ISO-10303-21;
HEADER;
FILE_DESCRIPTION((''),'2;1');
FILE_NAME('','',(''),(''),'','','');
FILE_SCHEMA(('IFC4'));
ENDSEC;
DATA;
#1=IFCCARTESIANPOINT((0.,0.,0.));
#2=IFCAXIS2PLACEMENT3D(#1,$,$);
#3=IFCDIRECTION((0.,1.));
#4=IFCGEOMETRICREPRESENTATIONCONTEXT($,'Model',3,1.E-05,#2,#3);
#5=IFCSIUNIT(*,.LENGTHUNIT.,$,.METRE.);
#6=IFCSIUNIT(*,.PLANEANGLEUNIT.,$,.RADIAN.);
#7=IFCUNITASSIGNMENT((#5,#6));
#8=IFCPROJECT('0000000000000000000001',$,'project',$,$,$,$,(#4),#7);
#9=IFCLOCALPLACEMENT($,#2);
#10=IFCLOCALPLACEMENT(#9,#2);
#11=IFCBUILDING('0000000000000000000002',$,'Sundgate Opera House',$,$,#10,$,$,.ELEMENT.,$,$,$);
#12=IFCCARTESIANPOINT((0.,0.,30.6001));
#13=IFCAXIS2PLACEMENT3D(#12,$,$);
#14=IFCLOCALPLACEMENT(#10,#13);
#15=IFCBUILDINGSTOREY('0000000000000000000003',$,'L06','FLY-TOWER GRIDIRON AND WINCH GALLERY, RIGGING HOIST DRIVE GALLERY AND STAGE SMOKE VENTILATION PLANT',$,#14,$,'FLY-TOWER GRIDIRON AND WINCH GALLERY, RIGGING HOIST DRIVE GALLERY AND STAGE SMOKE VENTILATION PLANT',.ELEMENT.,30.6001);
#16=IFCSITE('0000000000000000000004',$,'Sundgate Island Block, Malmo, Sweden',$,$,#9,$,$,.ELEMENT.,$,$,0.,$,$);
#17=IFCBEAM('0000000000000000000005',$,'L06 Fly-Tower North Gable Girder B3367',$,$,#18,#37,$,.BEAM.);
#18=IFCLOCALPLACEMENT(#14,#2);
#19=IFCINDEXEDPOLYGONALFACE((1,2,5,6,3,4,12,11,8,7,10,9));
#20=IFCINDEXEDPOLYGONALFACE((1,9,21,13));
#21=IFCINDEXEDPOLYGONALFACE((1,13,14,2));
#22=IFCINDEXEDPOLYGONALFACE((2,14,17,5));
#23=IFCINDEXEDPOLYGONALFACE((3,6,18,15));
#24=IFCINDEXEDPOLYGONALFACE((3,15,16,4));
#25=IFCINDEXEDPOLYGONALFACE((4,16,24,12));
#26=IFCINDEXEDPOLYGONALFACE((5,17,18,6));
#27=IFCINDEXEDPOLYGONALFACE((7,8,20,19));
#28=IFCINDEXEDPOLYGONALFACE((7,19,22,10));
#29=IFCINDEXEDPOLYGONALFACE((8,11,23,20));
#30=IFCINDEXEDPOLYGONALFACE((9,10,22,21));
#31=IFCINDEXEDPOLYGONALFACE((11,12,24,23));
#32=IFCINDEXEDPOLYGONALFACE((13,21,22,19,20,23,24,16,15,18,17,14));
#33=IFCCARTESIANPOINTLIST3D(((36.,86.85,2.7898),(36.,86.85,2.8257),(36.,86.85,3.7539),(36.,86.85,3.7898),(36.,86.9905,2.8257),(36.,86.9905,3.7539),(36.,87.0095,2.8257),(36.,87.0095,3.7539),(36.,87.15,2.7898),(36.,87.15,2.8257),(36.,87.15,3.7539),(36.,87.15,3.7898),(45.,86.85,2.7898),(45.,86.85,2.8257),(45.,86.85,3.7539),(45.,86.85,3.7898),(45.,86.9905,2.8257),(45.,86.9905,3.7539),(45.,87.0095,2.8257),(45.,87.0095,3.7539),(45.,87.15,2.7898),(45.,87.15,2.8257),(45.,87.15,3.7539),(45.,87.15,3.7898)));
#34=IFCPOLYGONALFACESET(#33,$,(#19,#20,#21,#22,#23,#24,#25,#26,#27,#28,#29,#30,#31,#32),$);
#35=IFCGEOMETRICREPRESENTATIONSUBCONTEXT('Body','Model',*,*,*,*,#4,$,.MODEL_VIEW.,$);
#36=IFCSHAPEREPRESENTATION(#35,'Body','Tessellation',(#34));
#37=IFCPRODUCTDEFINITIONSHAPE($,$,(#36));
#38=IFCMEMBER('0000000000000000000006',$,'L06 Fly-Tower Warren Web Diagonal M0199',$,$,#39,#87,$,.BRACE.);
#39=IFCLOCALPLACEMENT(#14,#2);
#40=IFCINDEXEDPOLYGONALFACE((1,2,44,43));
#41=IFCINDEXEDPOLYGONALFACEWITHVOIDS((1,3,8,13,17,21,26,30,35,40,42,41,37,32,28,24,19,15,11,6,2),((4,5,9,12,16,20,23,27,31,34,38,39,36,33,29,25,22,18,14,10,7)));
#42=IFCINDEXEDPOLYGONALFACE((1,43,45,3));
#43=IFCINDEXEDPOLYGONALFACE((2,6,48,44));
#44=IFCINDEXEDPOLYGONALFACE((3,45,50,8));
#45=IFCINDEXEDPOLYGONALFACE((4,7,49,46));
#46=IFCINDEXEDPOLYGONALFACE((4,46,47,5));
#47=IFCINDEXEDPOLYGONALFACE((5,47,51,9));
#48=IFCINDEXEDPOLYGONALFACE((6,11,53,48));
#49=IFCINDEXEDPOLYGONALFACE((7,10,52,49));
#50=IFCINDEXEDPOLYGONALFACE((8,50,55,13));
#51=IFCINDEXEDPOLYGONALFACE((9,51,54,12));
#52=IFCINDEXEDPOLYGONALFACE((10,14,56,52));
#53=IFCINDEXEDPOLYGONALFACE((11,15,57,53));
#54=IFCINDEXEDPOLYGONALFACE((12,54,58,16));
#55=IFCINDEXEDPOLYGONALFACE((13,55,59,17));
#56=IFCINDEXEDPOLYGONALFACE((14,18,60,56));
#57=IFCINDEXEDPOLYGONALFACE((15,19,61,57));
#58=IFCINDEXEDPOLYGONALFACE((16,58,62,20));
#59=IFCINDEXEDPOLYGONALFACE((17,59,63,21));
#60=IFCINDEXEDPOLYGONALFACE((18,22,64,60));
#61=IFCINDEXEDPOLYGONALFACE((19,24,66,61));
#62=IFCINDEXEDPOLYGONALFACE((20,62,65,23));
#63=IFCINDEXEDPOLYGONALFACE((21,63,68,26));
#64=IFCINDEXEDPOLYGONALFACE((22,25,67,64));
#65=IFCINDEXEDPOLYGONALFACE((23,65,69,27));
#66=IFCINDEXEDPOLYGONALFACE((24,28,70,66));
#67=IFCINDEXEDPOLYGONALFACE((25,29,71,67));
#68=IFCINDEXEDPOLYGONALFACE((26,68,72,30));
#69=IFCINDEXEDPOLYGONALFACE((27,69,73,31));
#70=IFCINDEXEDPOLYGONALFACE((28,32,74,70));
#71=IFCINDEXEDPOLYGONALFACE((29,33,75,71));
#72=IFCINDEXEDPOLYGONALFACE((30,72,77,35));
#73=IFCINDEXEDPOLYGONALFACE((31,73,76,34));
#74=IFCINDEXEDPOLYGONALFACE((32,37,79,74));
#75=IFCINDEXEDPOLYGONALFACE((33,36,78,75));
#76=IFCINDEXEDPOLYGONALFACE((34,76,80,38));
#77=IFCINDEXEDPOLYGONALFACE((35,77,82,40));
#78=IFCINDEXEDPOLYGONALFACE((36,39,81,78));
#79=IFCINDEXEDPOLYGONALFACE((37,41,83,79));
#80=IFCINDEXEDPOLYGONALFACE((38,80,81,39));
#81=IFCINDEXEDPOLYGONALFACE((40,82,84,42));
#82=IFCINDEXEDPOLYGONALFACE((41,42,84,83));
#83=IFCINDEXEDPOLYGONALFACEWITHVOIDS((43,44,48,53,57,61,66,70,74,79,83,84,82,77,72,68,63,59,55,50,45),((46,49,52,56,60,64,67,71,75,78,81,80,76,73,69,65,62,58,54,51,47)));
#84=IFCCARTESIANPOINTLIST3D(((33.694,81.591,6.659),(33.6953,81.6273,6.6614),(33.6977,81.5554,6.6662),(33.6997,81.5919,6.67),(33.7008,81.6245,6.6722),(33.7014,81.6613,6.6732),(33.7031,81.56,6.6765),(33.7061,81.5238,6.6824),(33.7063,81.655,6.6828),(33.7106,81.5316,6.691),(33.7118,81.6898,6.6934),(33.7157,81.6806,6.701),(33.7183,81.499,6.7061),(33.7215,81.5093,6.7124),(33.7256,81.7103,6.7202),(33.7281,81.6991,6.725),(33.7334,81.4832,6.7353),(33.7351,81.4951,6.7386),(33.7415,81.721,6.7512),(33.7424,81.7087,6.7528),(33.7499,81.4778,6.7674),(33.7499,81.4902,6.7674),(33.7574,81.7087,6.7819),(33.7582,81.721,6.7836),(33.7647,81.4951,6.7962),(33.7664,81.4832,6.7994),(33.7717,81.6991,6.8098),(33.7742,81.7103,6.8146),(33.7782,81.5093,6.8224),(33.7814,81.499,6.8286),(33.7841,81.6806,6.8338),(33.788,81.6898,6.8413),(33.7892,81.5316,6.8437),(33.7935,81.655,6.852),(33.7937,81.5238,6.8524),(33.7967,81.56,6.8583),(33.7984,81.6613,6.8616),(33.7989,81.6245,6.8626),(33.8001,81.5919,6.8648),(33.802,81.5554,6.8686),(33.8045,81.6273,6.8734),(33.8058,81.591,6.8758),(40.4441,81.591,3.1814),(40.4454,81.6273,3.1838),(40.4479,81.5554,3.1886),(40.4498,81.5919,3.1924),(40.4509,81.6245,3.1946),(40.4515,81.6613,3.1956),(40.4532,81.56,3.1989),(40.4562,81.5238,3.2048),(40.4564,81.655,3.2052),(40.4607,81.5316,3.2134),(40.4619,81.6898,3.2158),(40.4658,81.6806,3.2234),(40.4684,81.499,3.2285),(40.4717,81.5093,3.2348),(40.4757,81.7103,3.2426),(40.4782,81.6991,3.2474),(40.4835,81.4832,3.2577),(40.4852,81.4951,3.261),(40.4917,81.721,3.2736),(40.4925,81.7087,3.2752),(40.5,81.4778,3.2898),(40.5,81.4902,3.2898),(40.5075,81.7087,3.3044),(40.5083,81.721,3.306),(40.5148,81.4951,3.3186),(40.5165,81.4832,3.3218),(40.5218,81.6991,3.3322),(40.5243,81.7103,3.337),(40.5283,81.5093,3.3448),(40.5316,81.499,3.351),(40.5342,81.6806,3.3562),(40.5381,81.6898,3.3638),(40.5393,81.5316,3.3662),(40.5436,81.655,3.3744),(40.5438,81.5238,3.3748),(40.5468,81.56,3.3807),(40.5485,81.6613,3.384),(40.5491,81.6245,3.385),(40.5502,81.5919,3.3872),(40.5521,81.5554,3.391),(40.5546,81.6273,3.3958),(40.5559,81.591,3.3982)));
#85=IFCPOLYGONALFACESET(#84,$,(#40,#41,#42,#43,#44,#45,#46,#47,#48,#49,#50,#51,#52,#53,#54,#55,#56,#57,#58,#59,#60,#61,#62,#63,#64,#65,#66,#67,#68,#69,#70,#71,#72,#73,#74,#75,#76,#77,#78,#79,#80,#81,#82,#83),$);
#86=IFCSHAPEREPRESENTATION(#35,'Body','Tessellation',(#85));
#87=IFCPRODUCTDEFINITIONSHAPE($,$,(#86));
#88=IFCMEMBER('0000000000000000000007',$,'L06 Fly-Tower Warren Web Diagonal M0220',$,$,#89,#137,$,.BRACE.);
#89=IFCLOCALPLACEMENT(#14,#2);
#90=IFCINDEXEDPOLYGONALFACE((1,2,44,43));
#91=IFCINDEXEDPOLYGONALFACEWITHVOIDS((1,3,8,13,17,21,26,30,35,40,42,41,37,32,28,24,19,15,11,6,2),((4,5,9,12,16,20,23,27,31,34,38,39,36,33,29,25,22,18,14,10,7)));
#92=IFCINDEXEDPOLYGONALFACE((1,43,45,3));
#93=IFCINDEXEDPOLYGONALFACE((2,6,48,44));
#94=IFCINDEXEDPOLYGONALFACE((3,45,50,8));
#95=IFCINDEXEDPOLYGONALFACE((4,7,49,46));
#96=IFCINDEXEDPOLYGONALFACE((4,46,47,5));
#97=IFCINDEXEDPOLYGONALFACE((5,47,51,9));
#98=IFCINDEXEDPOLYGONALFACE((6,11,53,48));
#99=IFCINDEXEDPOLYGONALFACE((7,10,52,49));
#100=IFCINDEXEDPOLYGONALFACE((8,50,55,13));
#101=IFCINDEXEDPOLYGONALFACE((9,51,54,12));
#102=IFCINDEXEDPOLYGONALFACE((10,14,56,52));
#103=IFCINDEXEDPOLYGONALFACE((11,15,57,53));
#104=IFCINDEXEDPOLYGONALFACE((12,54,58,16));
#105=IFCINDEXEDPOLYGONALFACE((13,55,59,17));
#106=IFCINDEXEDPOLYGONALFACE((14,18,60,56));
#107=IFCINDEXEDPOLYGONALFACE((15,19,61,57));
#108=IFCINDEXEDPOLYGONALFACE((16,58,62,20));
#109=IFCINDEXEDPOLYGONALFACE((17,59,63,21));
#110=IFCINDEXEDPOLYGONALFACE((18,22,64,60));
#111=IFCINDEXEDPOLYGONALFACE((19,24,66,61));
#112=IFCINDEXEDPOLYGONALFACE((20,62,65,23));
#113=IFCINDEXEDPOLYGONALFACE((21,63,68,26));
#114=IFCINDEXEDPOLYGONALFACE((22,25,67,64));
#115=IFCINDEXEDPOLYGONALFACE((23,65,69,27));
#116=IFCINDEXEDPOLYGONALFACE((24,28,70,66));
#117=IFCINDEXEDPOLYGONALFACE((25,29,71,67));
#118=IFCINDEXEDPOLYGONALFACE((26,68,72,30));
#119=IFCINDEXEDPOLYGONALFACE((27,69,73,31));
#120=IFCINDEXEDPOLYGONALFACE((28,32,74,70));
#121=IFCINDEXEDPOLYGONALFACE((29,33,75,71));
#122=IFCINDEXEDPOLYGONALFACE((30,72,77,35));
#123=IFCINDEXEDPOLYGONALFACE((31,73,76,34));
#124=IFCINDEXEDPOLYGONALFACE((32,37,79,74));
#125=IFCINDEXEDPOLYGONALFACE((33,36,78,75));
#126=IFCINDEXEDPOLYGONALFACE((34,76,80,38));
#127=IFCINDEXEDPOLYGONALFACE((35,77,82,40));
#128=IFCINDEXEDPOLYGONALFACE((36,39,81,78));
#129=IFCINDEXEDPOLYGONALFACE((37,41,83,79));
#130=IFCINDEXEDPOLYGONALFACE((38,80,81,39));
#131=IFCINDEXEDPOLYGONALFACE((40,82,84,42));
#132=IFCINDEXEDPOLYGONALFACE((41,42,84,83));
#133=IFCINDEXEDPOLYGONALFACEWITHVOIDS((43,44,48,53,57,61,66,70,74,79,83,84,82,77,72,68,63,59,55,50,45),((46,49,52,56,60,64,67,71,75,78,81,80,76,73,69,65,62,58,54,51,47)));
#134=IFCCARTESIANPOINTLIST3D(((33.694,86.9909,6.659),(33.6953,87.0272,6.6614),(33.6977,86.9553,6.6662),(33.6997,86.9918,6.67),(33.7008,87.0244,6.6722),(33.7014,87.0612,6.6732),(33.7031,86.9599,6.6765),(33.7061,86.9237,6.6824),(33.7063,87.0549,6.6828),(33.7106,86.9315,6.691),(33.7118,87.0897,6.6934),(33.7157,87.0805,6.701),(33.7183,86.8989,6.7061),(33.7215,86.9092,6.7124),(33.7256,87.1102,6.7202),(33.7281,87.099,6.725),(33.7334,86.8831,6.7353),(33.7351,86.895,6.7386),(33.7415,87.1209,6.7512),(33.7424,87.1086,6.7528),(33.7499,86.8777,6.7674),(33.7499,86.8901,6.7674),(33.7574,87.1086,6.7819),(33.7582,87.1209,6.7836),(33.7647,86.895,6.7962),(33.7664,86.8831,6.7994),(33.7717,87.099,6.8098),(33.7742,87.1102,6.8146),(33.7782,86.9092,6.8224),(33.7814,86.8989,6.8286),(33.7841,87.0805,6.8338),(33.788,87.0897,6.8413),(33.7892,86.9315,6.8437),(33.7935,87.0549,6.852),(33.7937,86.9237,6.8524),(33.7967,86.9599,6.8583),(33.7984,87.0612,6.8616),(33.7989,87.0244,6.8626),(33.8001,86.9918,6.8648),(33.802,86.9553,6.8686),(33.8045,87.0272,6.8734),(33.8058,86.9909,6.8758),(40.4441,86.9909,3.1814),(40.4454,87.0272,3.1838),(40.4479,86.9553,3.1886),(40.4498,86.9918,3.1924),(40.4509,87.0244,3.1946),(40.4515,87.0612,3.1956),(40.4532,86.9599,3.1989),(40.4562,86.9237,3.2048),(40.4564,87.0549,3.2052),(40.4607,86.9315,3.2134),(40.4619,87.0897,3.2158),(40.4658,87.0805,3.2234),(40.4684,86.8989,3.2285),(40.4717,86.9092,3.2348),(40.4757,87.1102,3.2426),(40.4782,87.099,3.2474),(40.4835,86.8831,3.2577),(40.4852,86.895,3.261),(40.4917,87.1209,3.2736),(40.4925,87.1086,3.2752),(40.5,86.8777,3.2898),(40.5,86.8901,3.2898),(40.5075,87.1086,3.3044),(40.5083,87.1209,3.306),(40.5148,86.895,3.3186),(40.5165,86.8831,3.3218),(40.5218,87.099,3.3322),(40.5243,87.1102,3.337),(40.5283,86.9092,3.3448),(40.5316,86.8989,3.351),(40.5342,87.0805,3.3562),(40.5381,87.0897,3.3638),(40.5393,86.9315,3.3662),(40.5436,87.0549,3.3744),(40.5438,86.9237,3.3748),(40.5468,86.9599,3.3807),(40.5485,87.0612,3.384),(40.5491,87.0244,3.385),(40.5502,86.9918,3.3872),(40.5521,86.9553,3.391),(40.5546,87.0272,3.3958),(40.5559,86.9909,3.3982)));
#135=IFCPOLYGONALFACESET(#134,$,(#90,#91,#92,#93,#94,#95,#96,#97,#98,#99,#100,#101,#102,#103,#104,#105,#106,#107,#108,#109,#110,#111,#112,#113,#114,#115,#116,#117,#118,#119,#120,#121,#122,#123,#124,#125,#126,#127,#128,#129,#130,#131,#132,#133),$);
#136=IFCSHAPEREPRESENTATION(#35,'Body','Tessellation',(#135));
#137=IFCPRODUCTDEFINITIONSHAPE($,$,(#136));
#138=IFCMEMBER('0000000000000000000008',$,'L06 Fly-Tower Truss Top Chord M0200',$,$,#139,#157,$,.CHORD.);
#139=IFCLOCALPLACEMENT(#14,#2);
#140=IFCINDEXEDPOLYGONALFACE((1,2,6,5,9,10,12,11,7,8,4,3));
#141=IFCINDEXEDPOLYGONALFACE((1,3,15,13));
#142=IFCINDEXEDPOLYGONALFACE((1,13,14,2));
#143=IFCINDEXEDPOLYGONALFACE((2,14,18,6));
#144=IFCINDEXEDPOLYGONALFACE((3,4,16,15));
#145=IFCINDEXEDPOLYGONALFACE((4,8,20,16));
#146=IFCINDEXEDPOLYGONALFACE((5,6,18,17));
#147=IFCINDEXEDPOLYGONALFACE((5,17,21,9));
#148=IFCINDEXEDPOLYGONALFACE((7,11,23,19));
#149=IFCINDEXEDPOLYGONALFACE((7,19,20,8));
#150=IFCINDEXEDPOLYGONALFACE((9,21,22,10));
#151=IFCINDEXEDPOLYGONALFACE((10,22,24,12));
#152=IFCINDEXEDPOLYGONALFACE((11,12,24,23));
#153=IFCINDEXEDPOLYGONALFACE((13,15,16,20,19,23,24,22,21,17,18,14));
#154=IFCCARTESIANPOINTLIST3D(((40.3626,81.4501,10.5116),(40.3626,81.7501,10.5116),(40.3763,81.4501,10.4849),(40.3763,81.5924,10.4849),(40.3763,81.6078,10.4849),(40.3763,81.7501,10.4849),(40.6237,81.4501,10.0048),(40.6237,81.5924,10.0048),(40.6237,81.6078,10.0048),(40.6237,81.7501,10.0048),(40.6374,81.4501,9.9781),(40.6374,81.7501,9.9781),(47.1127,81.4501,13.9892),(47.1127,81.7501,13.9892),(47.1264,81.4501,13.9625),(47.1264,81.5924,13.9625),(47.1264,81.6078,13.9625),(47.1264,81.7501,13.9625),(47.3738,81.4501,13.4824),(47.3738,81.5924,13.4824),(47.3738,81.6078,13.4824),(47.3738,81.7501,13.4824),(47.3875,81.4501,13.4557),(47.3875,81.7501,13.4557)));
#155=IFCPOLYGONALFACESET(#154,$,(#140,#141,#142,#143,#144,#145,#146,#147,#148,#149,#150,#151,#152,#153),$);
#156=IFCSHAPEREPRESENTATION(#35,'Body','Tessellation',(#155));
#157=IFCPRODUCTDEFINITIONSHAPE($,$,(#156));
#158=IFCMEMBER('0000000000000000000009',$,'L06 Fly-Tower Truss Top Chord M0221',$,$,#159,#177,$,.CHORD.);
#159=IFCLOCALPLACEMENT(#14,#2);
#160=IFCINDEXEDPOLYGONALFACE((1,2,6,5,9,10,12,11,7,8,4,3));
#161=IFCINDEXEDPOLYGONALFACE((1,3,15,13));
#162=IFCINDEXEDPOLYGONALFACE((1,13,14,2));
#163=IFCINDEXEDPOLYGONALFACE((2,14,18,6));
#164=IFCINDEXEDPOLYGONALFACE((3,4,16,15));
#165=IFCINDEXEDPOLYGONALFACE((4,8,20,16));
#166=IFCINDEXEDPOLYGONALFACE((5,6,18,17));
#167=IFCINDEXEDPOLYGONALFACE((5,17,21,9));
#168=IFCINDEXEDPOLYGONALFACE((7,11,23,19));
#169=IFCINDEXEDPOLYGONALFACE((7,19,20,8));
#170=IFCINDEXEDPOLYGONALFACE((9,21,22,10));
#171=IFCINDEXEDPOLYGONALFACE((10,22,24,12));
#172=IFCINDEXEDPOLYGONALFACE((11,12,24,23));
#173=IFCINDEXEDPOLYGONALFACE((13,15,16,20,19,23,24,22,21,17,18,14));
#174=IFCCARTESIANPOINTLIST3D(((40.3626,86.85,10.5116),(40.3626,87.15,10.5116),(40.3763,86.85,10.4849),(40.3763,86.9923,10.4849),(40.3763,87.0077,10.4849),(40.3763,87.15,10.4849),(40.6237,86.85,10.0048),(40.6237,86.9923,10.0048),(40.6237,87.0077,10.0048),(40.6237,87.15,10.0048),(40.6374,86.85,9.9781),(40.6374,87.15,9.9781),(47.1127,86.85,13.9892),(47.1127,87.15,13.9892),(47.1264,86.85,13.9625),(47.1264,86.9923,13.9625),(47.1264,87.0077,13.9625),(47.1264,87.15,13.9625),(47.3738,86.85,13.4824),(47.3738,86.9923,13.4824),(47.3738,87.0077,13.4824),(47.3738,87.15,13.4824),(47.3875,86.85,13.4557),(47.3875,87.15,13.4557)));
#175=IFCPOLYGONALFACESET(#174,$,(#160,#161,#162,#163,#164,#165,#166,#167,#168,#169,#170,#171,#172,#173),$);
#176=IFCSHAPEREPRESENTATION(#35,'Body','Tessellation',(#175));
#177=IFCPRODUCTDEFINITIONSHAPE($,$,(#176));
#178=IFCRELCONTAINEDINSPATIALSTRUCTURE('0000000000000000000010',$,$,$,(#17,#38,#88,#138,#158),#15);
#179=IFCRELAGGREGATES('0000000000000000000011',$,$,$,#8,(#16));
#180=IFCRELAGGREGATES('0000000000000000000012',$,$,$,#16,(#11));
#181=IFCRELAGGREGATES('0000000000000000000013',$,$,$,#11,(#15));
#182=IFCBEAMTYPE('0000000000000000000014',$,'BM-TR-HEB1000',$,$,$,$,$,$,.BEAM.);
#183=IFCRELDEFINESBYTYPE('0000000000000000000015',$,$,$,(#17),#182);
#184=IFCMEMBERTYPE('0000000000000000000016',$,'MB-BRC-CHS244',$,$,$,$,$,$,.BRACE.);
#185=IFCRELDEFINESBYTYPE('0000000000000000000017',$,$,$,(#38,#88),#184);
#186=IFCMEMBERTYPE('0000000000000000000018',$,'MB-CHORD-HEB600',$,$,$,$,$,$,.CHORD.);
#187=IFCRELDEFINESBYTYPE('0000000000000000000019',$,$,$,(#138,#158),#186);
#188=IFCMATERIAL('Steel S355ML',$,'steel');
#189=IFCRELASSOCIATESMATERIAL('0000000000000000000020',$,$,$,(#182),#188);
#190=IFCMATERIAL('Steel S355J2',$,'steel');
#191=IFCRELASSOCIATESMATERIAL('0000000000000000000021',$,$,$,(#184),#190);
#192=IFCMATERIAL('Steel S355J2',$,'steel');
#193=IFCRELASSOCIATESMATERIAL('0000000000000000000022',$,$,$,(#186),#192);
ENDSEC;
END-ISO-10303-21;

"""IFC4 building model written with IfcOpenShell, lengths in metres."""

from ifc_helpers import new_model, si_unit, direction, frame, origin, origin_2d, place, context, subcontext, project, spatial, hollow_circle, i_section, extrude, material, material_profile, profile_set, type_object, element, save


model = new_model("IFC4")

# Units and contexts
model_context = context("Model", 3, precision=1e-05, world=origin(), true_north=direction((0.0, 1.0)))
body_context = subcontext(model_context, "Body", "Model", "MODEL_VIEW")
ifc_project = project(units=[si_unit("LENGTHUNIT", "METRE"), si_unit("PLANEANGLEUNIT", "RADIAN")], contexts=[model_context])

# Site, building, storey
site_placement = place(None, origin())
site = spatial("IfcSite", under=ifc_project, at=site_placement, Name="Sundgate Island Block, Malmo, Sweden", CompositionType="ELEMENT", RefElevation=0.0)
building_placement = place(site_placement, origin())
building = spatial("IfcBuilding", under=site, at=building_placement, Name="Sundgate Opera House", CompositionType="ELEMENT")
storey_placement = place(building_placement, frame((0.0, 0.0, 30.6001)))
storey = spatial("IfcBuildingStorey", under=building, at=storey_placement, Name="L06", Description="FLY-TOWER GRIDIRON AND WINCH GALLERY, RIGGING HOIST DRIVE GALLERY AND STAGE SMOKE VENTILATION PLANT", LongName="FLY-TOWER GRIDIRON AND WINCH GALLERY, RIGGING HOIST DRIVE GALLERY AND STAGE SMOKE VENTILATION PLANT", CompositionType="ELEMENT", Elevation=30.6001)

# Beam
ifc_material_1 = material(Name="Steel S355ML", Category="steel")
ifc_material_profile_1 = material_profile(ifc_material_1, i_section(OverallWidth=0.3, OverallDepth=1.0, WebThickness=0.019, FlangeThickness=0.0359, at=origin_2d()), Name="HEB 1000")
ifc_profile_set_1 = profile_set([ifc_material_profile_1], Name="Steel S355ML")
beam_type_1 = type_object("IfcBeamType", Name="BM-TR-HEB1000", PredefinedType="BEAM", material=ifc_profile_set_1)
beam_1_placement = place(storey_placement, frame((36.0, 87.0, 3.2898), z_axis=(1.0, 0.0, 0.0), x_axis=(0.0, 1.0, 0.0)))
element("IfcBeam", 1, at=beam_1_placement, inside=storey, type_object=beam_type_1, Name="L06 Fly-Tower North Gable Girder B3367", PredefinedType="BEAM", context=body_context, shape_type="SweptSolid", body=[
    extrude(i_section(OverallWidth=0.3, OverallDepth=1.0, WebThickness=0.019, FlangeThickness=0.0359, at=origin_2d()), origin(), (0.0, 0.0, 1.0), 9.0),
])

# Members
ifc_material_2 = material(Name="Steel S355J2", Category="steel")
ifc_material_profile_2 = material_profile(ifc_material_2, hollow_circle(Radius=0.1223, WallThickness=0.0125, at=origin_2d()), Name="CHS 244.5x12.5")
ifc_profile_set_2 = profile_set([ifc_material_profile_2], Name="Steel S355J2")
member_type_1 = type_object("IfcMemberType", Name="MB-BRC-CHS244", PredefinedType="BRACE", material=ifc_profile_set_2)
for number, where, z_axis, x_axis, name in (
    (2, (40.5, 81.6001, 3.2898), (-0.88896, 0.0, 0.457984), (0.0, -1.0, 0.0), "L06 Fly-Tower Warren Web Diagonal M0199"),
    (3, (40.5, 87.0, 3.2898), (-0.88896, 0.0, 0.457984), (0.0, -1.0, 0.0), "L06 Fly-Tower Warren Web Diagonal M0220"),
):
    element("IfcMember", number, at=place(storey_placement, frame(where, z_axis=z_axis, x_axis=x_axis)), inside=storey, type_object=member_type_1, Name=name, PredefinedType="BRACE", context=body_context, shape_type="SweptSolid", body=[
        extrude(hollow_circle(Radius=0.1223, WallThickness=0.0125, at=origin_2d()), origin(), (0.0, 0.0, 1.0), 7.5933),
    ])
ifc_material_3 = material(Name="Steel S355J2", Category="steel")
ifc_material_profile_3 = material_profile(ifc_material_3, i_section(OverallWidth=0.3, OverallDepth=0.6001, WebThickness=0.0154, FlangeThickness=0.03, at=origin_2d()), Name="HEB 600")
ifc_profile_set_3 = profile_set([ifc_material_profile_3], Name="Steel S355J2")
member_type_2 = type_object("IfcMemberType", Name="MB-CHORD-HEB600", PredefinedType="CHORD", material=ifc_profile_set_3)
for number, where, z_axis, x_axis, name in (
    (4, (40.5, 81.6001, 10.2449), (0.88896, 0.0, 0.457984), (0.0, 1.0, 0.0), "L06 Fly-Tower Truss Top Chord M0200"),
    (5, (40.5, 87.0, 10.2449), (0.88896, 0.0, 0.457984), (0.0, 1.0, 0.0), "L06 Fly-Tower Truss Top Chord M0221"),
):
    element("IfcMember", number, at=place(storey_placement, frame(where, z_axis=z_axis, x_axis=x_axis)), inside=storey, type_object=member_type_2, Name=name, PredefinedType="CHORD", context=body_context, shape_type="SweptSolid", body=[
        extrude(i_section(OverallWidth=0.3, OverallDepth=0.6001, WebThickness=0.0154, FlangeThickness=0.03, at=origin_2d()), origin(), (0.0, 0.0, 1.0), 7.5933),
    ])

save(model, "model.ifc")
